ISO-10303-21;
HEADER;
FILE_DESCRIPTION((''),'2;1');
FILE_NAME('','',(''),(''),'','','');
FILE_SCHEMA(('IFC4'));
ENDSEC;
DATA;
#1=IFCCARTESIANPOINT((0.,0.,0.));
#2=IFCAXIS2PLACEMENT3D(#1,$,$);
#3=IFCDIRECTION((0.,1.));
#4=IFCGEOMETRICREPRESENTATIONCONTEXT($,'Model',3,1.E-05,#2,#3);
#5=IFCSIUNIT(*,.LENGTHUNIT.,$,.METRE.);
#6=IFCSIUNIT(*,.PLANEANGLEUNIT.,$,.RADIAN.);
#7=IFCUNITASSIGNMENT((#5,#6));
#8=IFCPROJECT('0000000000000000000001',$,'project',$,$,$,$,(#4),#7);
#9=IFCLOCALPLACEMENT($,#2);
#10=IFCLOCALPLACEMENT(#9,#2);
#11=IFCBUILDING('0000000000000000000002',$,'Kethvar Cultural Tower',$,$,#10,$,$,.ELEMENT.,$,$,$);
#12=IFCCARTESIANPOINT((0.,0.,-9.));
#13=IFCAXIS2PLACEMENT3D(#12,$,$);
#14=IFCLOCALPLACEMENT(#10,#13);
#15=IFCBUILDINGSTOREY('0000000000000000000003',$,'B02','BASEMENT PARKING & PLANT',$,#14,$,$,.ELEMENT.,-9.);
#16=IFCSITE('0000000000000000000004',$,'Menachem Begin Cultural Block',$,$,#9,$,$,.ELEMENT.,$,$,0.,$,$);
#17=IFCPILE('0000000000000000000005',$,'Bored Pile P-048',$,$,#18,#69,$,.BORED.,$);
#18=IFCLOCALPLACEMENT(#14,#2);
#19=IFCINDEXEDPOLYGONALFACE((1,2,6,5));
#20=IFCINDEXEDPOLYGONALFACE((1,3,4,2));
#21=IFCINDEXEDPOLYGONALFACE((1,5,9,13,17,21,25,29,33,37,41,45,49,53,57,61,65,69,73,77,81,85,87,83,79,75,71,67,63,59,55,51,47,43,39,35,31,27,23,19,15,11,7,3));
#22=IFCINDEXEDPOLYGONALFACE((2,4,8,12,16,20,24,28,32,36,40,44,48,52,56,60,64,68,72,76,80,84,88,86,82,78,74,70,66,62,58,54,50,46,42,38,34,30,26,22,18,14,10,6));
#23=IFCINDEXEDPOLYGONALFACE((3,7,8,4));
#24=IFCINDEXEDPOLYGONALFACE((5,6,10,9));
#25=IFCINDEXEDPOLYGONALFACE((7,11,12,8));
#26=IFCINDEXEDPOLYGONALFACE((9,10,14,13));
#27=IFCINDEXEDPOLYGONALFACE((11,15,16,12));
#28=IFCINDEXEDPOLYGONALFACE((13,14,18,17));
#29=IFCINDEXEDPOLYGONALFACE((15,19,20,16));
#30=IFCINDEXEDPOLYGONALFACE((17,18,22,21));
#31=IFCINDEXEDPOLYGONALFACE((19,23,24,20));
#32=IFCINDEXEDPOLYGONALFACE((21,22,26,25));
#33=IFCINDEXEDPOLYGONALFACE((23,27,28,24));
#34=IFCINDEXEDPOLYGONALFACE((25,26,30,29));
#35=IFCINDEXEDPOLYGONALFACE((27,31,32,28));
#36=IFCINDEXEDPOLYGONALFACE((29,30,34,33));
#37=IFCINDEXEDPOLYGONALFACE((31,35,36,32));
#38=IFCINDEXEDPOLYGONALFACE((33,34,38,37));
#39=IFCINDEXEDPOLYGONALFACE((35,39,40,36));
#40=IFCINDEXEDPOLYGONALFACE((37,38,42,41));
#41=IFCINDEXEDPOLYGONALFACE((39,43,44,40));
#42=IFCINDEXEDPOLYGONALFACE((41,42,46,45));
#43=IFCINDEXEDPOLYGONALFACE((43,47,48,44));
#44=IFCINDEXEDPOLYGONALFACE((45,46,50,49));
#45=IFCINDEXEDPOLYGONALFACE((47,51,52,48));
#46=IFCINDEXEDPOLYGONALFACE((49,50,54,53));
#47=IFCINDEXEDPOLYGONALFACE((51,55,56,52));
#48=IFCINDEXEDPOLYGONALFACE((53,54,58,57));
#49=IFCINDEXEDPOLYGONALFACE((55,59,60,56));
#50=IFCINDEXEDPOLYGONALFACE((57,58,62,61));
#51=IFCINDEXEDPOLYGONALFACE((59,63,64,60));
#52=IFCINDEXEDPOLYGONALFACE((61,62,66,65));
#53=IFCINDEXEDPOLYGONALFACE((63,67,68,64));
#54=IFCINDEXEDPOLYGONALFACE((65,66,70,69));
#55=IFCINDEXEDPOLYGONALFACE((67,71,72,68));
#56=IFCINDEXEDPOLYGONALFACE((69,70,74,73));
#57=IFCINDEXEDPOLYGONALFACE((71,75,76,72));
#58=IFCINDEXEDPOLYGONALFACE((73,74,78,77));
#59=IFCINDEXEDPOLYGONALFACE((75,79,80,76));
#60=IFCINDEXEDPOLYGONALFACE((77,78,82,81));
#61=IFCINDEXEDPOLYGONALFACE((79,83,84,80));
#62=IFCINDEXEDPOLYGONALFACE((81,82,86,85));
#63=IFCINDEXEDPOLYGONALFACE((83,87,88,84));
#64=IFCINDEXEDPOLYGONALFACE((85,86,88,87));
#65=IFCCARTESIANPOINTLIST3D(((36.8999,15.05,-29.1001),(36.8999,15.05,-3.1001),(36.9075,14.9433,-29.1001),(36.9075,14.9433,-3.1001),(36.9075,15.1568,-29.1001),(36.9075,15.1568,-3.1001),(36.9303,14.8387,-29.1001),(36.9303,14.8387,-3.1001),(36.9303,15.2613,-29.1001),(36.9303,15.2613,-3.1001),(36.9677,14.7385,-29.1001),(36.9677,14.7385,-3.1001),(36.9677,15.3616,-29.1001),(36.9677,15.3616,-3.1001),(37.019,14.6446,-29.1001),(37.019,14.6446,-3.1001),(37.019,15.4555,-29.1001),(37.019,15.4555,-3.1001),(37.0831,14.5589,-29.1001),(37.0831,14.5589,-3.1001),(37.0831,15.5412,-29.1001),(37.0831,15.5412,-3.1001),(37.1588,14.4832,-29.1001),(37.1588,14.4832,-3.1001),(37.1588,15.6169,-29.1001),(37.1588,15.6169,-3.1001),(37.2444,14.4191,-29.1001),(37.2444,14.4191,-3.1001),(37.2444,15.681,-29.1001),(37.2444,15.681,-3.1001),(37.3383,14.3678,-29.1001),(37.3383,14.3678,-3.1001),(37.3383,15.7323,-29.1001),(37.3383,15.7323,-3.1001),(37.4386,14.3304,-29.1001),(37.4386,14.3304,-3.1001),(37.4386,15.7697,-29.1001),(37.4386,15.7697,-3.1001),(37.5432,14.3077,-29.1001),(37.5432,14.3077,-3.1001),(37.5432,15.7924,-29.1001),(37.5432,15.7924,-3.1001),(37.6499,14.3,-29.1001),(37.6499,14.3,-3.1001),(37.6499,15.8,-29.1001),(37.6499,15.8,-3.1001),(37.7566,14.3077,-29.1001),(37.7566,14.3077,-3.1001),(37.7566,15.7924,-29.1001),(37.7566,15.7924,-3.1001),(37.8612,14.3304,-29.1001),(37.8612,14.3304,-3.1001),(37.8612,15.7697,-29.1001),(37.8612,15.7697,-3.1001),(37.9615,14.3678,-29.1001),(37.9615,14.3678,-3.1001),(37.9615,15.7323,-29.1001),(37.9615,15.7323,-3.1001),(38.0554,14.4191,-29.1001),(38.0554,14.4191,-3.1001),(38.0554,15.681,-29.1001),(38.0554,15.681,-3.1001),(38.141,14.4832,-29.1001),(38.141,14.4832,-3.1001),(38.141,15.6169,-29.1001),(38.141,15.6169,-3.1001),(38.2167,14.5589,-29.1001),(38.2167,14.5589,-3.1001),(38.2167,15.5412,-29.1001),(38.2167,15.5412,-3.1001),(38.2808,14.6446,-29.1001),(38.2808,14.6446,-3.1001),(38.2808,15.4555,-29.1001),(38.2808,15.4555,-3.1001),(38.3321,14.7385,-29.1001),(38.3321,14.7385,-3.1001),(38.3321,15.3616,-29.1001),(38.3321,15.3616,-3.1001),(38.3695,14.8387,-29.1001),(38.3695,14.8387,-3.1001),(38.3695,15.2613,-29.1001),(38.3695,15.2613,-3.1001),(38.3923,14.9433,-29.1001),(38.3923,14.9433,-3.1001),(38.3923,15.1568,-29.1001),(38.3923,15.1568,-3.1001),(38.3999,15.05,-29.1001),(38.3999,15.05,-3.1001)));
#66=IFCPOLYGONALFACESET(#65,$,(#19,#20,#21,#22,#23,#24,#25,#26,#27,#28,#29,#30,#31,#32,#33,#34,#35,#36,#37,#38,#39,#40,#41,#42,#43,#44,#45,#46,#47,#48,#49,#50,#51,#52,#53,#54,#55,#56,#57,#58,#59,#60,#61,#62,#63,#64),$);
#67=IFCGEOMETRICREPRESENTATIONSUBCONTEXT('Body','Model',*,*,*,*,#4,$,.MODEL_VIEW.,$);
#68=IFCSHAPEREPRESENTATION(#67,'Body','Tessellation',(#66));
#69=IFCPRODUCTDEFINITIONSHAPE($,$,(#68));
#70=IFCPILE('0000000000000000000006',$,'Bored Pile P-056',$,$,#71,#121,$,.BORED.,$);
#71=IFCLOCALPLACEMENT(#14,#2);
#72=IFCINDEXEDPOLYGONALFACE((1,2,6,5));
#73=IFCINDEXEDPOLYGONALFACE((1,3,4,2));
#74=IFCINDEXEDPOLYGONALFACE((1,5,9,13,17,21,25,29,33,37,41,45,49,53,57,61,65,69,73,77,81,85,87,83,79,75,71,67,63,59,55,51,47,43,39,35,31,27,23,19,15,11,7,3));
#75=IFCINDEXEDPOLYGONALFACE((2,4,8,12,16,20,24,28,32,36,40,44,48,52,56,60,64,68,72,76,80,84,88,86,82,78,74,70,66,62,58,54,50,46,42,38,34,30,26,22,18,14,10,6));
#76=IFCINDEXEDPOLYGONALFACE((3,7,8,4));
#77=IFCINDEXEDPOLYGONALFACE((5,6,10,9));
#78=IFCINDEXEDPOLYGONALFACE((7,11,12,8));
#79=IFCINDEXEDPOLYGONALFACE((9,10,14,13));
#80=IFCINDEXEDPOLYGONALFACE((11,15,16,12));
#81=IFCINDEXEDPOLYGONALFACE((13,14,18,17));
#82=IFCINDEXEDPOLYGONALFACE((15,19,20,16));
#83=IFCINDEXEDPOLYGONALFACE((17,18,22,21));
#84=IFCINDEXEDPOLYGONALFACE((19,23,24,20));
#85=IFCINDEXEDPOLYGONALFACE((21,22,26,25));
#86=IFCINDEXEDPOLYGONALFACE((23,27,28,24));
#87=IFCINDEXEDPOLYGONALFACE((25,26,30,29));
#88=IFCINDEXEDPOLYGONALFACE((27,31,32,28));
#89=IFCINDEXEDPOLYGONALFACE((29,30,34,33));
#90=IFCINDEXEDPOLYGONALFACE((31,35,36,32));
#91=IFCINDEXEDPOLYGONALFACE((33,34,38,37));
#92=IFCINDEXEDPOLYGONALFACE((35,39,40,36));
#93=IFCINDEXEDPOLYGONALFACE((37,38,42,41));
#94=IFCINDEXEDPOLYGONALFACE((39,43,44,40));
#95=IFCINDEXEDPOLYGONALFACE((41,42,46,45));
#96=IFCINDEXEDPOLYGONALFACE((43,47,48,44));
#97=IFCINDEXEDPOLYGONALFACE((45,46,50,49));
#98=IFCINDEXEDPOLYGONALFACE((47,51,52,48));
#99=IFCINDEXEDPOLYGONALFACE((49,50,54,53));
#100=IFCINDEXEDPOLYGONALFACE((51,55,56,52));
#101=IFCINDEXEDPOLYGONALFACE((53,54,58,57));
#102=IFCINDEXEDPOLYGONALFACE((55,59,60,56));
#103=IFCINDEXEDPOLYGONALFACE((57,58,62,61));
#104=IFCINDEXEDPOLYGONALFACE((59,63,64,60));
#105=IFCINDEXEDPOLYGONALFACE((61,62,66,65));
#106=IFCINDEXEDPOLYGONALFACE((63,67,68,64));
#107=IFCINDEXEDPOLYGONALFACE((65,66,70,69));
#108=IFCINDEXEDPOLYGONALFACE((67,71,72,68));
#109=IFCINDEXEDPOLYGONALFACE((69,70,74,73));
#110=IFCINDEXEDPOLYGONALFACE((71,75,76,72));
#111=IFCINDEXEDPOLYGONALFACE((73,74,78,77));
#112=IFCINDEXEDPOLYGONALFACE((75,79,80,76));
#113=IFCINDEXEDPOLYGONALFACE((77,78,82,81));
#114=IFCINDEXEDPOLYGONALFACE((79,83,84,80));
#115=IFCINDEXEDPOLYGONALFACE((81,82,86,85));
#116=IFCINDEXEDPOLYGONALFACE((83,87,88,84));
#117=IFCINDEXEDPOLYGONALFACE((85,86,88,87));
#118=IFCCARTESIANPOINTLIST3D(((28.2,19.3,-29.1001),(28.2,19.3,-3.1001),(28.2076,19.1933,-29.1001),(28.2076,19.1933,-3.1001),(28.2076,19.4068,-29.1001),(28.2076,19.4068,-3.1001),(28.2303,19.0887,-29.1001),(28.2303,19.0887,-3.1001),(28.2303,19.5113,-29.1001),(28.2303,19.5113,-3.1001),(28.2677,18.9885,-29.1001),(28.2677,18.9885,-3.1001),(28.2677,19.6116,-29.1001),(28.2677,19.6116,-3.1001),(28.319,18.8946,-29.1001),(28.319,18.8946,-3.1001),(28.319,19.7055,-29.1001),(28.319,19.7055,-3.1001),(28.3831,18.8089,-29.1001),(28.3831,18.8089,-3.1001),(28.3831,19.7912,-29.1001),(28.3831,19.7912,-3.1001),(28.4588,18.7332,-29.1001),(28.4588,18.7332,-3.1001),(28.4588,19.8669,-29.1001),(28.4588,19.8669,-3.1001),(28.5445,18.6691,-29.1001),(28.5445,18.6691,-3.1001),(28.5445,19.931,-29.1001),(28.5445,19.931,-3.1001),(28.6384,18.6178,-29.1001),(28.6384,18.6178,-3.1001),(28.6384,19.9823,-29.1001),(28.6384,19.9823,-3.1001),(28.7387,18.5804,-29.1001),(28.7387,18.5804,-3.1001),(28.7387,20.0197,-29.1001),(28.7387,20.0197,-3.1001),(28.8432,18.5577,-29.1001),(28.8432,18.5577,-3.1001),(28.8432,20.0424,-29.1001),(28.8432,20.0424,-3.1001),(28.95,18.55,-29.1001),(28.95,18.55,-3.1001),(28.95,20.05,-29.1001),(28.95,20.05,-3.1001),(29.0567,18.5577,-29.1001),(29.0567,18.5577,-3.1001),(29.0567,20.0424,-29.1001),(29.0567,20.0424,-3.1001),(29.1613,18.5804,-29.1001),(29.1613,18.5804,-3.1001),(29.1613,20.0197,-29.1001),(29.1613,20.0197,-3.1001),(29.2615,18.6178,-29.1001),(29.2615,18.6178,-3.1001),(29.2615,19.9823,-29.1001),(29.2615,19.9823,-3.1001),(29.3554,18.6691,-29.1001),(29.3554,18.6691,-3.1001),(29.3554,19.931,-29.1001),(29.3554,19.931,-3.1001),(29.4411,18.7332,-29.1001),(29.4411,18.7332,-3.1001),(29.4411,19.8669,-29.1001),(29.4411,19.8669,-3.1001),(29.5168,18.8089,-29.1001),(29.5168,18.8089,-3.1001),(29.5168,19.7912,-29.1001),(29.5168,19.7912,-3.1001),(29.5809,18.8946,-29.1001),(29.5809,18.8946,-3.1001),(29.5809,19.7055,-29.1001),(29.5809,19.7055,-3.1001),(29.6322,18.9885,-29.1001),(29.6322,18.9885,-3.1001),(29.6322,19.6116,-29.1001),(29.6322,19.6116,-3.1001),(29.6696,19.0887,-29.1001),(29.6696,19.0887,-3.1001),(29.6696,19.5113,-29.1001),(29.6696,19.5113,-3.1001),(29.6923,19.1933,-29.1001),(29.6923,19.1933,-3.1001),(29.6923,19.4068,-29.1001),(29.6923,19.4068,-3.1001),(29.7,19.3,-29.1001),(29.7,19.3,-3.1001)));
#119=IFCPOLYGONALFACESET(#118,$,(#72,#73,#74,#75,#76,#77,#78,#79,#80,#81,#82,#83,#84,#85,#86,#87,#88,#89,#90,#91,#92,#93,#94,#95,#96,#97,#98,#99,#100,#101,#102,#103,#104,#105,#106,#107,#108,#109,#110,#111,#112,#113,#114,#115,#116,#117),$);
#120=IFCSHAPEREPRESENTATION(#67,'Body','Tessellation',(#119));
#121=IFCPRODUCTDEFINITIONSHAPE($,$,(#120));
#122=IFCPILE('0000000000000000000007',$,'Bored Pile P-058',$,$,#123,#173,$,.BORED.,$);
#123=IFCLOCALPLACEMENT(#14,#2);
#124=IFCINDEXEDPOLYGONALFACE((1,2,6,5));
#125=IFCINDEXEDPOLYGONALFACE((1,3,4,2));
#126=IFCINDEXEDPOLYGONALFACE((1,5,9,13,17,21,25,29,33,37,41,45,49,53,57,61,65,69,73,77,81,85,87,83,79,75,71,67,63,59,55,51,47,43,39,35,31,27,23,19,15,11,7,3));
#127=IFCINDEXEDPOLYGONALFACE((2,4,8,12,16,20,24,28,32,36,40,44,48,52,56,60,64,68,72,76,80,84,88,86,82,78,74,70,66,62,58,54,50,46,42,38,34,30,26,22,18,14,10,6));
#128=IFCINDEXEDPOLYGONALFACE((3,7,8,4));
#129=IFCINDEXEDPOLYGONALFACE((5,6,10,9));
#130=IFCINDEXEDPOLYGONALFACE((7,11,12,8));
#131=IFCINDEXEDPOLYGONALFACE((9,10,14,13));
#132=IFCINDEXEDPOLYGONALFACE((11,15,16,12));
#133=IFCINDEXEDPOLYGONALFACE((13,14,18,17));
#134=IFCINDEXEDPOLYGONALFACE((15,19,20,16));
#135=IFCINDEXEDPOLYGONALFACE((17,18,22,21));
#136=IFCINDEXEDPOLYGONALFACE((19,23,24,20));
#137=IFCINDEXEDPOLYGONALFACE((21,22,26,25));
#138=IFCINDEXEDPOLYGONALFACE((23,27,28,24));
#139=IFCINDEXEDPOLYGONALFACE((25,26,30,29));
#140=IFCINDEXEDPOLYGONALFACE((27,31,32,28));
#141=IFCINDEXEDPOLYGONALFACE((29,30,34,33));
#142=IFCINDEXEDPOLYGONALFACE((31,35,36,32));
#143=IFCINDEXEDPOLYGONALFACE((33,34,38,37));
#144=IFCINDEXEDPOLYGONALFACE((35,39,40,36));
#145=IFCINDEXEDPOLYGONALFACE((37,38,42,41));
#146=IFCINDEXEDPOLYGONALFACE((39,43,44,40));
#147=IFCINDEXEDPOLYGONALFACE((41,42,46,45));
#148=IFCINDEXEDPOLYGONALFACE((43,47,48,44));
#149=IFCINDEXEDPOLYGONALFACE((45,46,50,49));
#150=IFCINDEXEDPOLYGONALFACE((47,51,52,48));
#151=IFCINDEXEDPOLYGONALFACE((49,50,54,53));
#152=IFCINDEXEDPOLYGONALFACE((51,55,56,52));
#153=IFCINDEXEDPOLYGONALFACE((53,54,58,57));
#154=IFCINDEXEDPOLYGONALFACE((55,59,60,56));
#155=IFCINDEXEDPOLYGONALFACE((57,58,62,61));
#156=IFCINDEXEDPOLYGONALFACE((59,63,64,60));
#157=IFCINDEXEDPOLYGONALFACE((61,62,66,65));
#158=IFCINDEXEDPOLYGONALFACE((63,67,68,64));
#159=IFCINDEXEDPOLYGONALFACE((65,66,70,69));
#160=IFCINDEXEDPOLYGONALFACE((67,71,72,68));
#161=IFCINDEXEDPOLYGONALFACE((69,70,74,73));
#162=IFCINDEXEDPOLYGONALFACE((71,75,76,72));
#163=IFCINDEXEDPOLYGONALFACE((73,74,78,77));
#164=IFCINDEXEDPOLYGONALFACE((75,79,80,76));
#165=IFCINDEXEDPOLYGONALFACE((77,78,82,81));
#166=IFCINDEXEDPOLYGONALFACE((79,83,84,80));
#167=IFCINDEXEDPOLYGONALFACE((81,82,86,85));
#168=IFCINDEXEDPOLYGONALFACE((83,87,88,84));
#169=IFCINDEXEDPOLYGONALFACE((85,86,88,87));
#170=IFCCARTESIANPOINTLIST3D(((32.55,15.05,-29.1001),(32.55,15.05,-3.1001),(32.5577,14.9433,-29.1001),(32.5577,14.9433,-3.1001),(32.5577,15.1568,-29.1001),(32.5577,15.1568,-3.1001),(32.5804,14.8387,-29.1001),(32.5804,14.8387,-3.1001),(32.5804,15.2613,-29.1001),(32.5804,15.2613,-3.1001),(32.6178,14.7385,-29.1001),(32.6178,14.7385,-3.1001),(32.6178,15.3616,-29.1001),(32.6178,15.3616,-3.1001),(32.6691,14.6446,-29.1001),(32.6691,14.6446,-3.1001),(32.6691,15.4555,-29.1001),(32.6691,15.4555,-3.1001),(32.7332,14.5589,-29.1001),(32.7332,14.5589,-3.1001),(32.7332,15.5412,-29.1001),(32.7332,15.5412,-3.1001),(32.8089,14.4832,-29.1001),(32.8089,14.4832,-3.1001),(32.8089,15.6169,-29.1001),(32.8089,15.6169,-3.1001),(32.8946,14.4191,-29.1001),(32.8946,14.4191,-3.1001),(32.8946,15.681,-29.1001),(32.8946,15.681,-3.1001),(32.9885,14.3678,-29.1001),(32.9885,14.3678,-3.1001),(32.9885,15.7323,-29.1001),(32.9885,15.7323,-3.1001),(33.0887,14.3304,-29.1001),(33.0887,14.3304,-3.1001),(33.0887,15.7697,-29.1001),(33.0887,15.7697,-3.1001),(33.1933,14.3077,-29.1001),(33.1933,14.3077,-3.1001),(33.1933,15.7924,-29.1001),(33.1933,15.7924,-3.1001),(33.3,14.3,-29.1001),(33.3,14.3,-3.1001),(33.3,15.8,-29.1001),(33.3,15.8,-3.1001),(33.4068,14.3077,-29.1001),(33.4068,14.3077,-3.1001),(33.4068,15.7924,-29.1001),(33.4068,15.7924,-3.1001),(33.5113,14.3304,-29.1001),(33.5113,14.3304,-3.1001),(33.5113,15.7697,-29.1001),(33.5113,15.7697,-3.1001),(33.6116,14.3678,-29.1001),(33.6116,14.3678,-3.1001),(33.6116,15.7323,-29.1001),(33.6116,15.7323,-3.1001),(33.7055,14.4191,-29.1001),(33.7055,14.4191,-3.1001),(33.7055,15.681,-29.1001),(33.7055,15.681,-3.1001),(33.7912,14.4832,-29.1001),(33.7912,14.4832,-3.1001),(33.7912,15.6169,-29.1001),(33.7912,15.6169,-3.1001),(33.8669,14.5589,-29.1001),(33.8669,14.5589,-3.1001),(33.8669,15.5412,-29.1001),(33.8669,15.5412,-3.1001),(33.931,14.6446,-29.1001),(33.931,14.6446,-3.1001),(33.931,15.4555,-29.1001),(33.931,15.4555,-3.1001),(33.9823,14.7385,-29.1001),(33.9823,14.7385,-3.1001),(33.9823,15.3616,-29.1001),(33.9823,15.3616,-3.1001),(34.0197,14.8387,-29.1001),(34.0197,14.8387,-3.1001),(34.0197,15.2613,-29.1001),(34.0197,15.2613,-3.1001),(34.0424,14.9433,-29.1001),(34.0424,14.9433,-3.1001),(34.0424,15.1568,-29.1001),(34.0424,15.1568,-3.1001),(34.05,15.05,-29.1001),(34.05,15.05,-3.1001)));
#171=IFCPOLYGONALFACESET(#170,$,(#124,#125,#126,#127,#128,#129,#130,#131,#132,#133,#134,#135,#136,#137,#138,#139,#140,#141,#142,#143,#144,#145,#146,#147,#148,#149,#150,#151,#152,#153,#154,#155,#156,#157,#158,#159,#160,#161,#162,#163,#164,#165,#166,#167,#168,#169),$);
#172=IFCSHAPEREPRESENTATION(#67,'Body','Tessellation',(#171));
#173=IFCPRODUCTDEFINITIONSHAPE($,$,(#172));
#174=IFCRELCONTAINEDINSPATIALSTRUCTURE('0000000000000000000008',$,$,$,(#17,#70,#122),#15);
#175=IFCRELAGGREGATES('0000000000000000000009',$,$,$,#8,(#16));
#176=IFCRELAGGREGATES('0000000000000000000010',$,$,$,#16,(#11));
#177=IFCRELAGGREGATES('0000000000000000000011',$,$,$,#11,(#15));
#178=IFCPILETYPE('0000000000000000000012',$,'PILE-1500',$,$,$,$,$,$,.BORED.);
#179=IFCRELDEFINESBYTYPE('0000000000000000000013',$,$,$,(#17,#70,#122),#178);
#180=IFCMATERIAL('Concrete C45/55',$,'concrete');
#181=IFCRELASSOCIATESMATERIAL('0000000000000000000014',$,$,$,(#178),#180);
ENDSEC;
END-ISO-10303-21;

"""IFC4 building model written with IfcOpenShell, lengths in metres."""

from ifc_helpers import new_model, si_unit, direction, frame, origin, origin_2d, place, context, subcontext, project, spatial, circle, extrude, source, transform, mapped, material, material_profile, profile_set, type_object, element, save


model = new_model("IFC4")

# Units and contexts
model_context = context("Model", 3, precision=1e-05, world=origin(), true_north=direction((0.0, 1.0)))
body_context = subcontext(model_context, "Body", "Model", "MODEL_VIEW")
ifc_project = project(units=[si_unit("LENGTHUNIT", "METRE"), si_unit("PLANEANGLEUNIT", "RADIAN")], contexts=[model_context])

# Site, building, storey
site_placement = place(None, origin())
site = spatial("IfcSite", under=ifc_project, at=site_placement, Name="Menachem Begin Cultural Block", CompositionType="ELEMENT", RefElevation=0.0)
building_placement = place(site_placement, origin())
building = spatial("IfcBuilding", under=site, at=building_placement, Name="Kethvar Cultural Tower", CompositionType="ELEMENT")
storey_placement = place(building_placement, frame((0.0, 0.0, -9.0)))
storey = spatial("IfcBuildingStorey", under=building, at=storey_placement, Name="B02", Description="BASEMENT PARKING & PLANT", CompositionType="ELEMENT", Elevation=-9.0)

# Piles
ifc_material_1 = material(Name="Concrete C45/55", Category="concrete")
ifc_material_profile_1 = material_profile(ifc_material_1, circle(Radius=0.75, at=origin_2d()), Name="Concrete C45/55 — PILE1500")
ifc_profile_set_1 = profile_set([ifc_material_profile_1], Name="Concrete C45/55 — PILE1500")
pile_type = type_object("IfcPileType", Name="PILE-1500", PredefinedType="BORED", material=ifc_profile_set_1)
shared_shape_1 = source(origin(), body_context, "Body", "SweptSolid", [
    extrude(circle(Radius=0.75, at=origin_2d()), origin(), (0.0, 0.0, 1.0), 26.0),
])
for number, where, z_axis, x_axis, name in (
    (1, (37.6499, 15.05, -3.1001), (0.0, 0.0, -1.0), (1.0, 0.0, 0.0), "Bored Pile P-048"),
    (2, (28.95, 19.3, -3.1001), (0.0, 0.0, -1.0), (1.0, 0.0, 0.0), "Bored Pile P-056"),
    (3, (33.3, 15.05, -3.1001), (0.0, 0.0, -1.0), (1.0, 0.0, 0.0), "Bored Pile P-058"),
):
    element("IfcPile", number, at=place(storey_placement, frame(where, z_axis=z_axis, x_axis=x_axis)), inside=storey, type_object=pile_type, Name=name, PredefinedType="BORED", context=body_context, shape_type="MappedRepresentation", body=[
        mapped(shared_shape_1, transform((0.0, 0.0, 0.0), scale=1.0)),
    ])

save(model, "model.ifc")
